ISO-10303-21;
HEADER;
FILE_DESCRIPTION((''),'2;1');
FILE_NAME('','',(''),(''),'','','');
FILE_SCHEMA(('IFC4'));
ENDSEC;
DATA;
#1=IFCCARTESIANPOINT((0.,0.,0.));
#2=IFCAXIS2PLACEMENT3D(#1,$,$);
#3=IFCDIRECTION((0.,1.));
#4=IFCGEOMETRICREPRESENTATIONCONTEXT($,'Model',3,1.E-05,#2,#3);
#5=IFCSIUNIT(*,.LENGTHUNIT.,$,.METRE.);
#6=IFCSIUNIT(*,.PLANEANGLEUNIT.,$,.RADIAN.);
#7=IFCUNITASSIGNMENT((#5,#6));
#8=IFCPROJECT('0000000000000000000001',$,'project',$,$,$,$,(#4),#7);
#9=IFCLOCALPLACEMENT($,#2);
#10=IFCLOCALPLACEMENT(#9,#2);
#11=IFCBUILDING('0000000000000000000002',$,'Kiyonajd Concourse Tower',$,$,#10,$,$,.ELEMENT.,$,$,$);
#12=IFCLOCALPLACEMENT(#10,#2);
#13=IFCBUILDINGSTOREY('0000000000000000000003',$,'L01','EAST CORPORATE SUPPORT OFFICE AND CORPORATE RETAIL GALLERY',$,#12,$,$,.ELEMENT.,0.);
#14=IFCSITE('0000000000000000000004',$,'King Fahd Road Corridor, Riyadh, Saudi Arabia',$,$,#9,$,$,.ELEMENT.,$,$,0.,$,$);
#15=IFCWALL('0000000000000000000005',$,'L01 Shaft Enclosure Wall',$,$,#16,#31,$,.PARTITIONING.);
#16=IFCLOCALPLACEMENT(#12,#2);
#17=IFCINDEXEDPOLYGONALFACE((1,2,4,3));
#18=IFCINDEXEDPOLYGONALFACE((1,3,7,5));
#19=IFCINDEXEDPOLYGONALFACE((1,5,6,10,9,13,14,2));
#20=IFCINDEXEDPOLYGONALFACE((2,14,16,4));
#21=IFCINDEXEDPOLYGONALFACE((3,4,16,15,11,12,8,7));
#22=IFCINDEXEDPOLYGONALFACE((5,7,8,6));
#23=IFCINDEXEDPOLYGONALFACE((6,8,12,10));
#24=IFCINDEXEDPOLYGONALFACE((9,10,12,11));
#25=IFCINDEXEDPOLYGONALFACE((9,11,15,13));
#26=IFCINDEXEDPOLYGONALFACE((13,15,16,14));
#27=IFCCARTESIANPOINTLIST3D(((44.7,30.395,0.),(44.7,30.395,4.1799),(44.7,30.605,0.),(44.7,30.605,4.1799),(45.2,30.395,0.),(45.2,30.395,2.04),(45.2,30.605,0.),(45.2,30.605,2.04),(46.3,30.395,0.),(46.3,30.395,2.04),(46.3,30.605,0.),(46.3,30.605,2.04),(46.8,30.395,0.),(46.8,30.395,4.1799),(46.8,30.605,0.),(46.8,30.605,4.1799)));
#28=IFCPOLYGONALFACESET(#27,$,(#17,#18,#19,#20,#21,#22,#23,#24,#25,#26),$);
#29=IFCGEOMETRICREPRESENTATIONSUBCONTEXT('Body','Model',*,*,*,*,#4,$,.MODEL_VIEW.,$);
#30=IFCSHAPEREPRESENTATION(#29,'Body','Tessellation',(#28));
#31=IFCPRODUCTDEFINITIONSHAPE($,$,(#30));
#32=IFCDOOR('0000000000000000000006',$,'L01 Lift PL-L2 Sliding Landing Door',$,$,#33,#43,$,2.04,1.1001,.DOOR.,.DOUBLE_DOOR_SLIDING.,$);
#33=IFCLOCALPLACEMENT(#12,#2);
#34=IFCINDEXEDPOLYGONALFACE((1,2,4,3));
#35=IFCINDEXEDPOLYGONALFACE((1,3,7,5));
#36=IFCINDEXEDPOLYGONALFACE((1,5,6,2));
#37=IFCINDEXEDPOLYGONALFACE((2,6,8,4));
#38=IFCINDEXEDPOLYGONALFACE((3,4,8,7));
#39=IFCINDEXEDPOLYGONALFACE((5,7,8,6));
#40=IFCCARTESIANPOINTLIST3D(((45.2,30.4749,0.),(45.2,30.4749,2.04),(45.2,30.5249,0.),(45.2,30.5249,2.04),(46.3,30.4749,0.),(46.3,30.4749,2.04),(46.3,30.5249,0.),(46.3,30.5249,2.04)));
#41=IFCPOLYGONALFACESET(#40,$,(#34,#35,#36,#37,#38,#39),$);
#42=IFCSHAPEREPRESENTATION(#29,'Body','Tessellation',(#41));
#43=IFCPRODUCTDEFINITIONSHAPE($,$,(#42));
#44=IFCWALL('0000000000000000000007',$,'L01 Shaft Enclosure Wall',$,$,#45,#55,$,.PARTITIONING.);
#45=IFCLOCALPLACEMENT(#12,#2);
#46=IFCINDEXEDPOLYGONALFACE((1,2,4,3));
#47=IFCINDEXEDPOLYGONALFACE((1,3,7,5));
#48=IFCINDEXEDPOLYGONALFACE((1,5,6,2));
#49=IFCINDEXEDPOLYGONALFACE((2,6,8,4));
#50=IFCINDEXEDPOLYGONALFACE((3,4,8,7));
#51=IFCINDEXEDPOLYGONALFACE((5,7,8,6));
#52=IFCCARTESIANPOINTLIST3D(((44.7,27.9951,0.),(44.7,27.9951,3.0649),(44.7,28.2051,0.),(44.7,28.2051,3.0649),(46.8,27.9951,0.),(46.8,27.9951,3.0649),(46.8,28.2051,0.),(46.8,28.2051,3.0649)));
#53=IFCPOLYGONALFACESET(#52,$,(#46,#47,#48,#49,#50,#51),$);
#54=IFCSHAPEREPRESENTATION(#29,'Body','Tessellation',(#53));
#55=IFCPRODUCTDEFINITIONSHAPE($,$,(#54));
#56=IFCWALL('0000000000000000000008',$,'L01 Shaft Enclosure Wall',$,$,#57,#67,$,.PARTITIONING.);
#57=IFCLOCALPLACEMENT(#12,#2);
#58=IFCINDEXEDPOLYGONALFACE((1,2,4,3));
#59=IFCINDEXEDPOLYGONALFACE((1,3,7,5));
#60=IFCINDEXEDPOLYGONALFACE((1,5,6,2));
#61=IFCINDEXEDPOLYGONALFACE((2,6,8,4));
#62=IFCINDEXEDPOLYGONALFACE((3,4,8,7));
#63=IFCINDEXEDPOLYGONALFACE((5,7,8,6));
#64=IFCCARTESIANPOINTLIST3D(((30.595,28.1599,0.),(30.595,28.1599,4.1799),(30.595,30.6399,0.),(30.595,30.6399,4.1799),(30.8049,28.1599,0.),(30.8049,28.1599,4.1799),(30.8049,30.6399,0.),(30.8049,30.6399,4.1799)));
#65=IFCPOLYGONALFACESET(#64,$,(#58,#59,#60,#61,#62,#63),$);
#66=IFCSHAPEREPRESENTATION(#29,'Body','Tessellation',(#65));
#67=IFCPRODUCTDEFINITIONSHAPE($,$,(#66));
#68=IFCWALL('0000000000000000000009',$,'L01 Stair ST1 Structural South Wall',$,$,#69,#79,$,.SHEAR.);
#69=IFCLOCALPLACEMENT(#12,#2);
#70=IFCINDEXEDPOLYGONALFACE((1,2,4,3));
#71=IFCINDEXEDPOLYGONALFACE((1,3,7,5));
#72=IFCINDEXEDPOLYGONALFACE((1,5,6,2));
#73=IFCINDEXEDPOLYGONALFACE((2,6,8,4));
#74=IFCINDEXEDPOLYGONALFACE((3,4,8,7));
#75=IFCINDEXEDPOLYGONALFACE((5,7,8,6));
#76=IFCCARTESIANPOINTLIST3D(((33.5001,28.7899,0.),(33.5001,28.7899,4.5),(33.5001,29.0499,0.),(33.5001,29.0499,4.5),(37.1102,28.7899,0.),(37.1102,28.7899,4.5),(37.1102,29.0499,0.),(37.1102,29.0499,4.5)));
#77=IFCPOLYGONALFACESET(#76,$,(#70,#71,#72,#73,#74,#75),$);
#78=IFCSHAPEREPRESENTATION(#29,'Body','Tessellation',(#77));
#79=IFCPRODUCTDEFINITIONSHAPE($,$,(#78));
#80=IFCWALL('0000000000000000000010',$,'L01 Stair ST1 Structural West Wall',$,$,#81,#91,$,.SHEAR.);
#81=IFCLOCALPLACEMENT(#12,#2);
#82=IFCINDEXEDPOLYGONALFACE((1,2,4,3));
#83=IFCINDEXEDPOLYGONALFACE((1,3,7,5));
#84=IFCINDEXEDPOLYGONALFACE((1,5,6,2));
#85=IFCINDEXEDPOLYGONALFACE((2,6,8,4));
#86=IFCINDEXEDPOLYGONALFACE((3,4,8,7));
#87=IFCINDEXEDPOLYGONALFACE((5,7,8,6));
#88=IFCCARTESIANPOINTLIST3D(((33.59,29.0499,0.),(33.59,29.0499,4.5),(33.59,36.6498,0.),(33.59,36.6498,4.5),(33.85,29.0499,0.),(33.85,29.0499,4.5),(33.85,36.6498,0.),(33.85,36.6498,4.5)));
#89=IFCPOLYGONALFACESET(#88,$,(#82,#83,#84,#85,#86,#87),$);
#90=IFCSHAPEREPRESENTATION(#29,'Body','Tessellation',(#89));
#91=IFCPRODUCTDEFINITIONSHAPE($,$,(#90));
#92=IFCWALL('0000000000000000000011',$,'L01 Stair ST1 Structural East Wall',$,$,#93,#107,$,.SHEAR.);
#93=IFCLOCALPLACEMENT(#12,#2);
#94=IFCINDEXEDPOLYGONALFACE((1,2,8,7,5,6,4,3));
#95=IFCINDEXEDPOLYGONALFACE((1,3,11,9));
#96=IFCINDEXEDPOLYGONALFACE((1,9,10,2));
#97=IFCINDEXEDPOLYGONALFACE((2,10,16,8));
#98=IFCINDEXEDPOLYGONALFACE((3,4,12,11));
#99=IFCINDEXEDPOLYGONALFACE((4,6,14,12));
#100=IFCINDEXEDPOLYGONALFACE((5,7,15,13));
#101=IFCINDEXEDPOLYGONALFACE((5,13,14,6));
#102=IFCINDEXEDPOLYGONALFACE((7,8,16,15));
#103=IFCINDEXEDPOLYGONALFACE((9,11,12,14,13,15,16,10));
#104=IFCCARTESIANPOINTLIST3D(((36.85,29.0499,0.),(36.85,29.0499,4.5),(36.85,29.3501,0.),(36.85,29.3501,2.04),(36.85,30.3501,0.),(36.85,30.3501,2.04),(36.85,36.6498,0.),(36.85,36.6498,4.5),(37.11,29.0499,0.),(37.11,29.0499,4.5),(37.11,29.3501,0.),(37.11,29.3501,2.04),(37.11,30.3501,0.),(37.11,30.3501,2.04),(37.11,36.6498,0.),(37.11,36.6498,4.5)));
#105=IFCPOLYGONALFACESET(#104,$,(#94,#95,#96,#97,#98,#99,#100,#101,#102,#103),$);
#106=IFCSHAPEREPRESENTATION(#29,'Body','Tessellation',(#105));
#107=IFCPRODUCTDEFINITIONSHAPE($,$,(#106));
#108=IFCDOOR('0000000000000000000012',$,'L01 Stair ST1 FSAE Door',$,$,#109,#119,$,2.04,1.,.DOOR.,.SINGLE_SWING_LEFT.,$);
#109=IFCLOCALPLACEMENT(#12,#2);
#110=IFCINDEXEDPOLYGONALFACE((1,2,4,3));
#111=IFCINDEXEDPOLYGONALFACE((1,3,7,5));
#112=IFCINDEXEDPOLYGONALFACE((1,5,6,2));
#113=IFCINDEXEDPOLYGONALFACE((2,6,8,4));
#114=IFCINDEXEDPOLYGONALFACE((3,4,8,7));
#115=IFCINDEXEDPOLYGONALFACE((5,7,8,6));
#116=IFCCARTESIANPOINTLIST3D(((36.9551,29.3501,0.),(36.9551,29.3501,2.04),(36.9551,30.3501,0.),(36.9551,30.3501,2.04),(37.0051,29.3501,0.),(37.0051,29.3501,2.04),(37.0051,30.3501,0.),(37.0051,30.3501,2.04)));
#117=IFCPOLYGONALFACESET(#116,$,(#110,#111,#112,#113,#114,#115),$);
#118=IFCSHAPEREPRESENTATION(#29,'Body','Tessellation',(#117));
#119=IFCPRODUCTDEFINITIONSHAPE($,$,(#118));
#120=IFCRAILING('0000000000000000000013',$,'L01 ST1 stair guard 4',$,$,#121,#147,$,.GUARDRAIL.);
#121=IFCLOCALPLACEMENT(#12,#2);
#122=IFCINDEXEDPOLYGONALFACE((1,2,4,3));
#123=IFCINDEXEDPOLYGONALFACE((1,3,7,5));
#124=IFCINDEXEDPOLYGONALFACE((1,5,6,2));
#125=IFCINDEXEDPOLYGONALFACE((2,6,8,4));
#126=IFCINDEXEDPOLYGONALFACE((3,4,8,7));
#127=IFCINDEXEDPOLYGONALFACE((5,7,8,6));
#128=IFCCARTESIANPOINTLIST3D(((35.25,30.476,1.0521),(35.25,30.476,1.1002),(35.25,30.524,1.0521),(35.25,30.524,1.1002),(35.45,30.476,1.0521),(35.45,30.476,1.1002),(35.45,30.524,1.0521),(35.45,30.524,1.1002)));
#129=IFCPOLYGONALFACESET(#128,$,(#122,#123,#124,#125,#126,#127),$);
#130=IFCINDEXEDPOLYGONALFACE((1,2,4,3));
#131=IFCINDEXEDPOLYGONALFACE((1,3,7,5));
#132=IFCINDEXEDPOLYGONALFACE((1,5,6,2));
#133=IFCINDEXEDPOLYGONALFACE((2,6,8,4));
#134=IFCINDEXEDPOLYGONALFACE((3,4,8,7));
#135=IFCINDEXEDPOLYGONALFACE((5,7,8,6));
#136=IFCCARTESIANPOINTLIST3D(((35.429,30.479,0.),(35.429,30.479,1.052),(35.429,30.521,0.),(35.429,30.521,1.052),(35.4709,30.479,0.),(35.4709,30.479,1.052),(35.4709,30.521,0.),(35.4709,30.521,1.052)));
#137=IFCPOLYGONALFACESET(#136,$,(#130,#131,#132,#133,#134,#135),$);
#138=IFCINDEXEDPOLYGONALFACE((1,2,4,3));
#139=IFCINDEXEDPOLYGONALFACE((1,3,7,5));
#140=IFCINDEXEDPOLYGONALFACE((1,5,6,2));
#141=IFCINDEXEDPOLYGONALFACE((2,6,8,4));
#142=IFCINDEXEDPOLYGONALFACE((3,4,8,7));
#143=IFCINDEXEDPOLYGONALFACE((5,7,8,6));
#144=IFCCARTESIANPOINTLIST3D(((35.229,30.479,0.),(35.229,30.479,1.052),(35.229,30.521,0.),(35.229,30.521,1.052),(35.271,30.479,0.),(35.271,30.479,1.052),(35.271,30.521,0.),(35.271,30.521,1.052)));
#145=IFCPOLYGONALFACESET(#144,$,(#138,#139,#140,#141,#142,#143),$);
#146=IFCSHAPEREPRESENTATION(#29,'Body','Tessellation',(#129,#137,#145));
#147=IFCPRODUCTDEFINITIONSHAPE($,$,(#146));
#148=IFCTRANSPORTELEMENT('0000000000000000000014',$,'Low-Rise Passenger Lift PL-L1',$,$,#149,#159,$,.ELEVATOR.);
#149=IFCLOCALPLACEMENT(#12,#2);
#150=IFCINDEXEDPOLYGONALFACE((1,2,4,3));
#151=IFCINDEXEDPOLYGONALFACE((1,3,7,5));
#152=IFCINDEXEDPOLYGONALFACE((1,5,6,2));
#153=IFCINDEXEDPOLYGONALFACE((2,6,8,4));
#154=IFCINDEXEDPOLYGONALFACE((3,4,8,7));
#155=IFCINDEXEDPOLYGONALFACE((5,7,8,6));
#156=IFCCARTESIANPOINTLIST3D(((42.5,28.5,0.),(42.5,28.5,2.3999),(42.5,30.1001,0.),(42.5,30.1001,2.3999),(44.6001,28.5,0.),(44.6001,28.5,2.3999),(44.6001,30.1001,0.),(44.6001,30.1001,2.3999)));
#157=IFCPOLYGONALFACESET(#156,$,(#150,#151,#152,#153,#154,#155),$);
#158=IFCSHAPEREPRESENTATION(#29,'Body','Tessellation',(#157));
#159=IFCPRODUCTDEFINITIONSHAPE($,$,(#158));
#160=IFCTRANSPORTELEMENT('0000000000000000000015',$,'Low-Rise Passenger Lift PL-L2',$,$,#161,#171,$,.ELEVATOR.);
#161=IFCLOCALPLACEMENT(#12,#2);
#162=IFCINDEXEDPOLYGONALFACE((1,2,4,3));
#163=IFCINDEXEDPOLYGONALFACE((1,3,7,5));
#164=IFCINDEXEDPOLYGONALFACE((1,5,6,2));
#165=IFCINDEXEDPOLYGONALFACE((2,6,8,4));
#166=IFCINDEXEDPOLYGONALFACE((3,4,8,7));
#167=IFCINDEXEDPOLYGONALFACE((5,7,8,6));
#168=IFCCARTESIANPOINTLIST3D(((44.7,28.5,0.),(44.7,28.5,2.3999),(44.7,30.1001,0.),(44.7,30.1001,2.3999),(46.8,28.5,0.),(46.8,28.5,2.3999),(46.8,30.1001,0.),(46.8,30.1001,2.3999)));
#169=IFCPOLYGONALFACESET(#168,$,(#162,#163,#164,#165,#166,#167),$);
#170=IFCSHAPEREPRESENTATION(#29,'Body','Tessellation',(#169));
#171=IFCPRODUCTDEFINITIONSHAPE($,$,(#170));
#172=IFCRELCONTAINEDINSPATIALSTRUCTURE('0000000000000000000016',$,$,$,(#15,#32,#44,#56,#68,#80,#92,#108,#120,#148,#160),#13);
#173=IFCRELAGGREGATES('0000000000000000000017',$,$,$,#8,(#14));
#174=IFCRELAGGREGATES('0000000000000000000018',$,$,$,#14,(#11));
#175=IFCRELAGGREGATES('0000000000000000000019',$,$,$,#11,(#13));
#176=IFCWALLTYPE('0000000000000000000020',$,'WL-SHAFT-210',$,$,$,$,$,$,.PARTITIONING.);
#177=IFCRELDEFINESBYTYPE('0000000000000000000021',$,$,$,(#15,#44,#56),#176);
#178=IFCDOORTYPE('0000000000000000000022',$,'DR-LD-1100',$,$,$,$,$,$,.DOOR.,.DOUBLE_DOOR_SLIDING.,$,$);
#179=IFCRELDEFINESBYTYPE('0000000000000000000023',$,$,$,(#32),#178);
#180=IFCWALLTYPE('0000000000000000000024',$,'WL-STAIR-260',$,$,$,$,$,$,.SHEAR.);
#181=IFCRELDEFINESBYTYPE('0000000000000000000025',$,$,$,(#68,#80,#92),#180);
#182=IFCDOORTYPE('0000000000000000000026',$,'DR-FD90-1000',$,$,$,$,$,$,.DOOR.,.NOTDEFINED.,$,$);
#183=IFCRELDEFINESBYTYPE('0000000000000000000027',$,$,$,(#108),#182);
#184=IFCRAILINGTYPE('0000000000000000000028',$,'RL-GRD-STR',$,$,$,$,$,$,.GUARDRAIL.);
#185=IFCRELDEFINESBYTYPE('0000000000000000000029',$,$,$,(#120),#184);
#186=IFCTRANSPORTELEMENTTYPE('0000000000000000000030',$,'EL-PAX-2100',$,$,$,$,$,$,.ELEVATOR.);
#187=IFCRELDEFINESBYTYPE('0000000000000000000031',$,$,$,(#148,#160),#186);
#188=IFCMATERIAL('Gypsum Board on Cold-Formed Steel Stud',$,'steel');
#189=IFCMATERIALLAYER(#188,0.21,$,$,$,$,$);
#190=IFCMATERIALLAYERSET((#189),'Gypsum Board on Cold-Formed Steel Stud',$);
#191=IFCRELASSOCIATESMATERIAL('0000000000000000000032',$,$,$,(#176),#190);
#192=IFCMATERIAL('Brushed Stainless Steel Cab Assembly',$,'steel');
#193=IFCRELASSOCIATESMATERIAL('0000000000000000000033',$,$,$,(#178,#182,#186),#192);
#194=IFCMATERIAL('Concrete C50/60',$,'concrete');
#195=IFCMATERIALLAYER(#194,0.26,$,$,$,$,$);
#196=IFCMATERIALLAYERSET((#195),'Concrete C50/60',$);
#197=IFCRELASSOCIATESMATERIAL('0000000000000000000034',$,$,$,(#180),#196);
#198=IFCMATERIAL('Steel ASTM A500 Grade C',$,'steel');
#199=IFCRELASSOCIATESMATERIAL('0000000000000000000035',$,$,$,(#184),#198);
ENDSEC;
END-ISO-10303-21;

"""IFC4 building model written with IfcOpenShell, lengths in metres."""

from ifc_helpers import new_model, si_unit, direction, frame, frame_2d, origin, origin_2d, place, context, subcontext, project, spatial, rectangle, extrude, material, layer, layer_set, type_object, element, fill, save


model = new_model("IFC4")

# Units and contexts
model_context = context("Model", 3, precision=1e-05, world=origin(), true_north=direction((0.0, 1.0)))
body_context = subcontext(model_context, "Body", "Model", "MODEL_VIEW")
ifc_project = project(units=[si_unit("LENGTHUNIT", "METRE"), si_unit("PLANEANGLEUNIT", "RADIAN")], contexts=[model_context])

# Site, building, storey
site_placement = place(None, origin())
site = spatial("IfcSite", under=ifc_project, at=site_placement, Name="King Fahd Road Corridor, Riyadh, Saudi Arabia", CompositionType="ELEMENT", RefElevation=0.0)
building_placement = place(site_placement, origin())
building = spatial("IfcBuilding", under=site, at=building_placement, Name="Kiyonajd Concourse Tower", CompositionType="ELEMENT")
storey_placement = place(building_placement, origin())
storey = spatial("IfcBuildingStorey", under=building, at=storey_placement, Name="L01", Description="EAST CORPORATE SUPPORT OFFICE AND CORPORATE RETAIL GALLERY", CompositionType="ELEMENT", Elevation=0.0)

# Shared definitions
ifc_material_1 = material(Name="Brushed Stainless Steel Cab Assembly", Category="steel")
ifc_material_2 = material(Name="Gypsum Board on Cold-Formed Steel Stud", Category="steel")
ifc_layer_1 = layer(ifc_material_2, 0.21)
ifc_layer_set_1 = layer_set([ifc_layer_1], Name="Gypsum Board on Cold-Formed Steel Stud")
wall_type_1 = type_object("IfcWallType", Name="WL-SHAFT-210", PredefinedType="PARTITIONING", material=ifc_layer_set_1)
door_type_1 = type_object("IfcDoorType", Name="DR-LD-1100", OperationType="DOUBLE_DOOR_SLIDING", PredefinedType="DOOR", material=ifc_material_1)

# Wall, opening, door
wall_1_placement = place(storey_placement, frame((44.7, 30.5, 0.0), z_axis=(0.0, 0.0, 1.0), x_axis=(1.0, 0.0, 0.0)))
wall_1 = element("IfcWall", 1, at=wall_1_placement, inside=storey, type_object=wall_type_1, Name="L01 Shaft Enclosure Wall", PredefinedType="PARTITIONING", context=body_context, shape_type="SweptSolid", body=[
    extrude(rectangle(XDim=2.1001, YDim=0.21, at=frame_2d((1.05, 0.0))), origin(), (0.0, 0.0, 1.0), 4.1799),
])
opening_1_placement = place(wall_1_placement, frame((0.5, 0.0, 0.0)))
opening_1 = element("IfcOpeningElement", 2, at=opening_1_placement, cuts=wall_1, PredefinedType="OPENING", context=body_context, shape_type="SweptSolid", body=[
    extrude(rectangle(XDim=1.1001, YDim=2.04, at=frame_2d((0.55, 1.02))), frame((0.0, 0.115, 0.0), z_axis=(0.0, -1.0, 0.0), x_axis=(1.0, 0.0, 0.0)), (0.0, 0.0, 1.0), 0.23),
])
door_1_placement = place(opening_1_placement, origin())
door_1 = element("IfcDoor", 3, at=door_1_placement, inside=storey, type_object=door_type_1, Name="L01 Lift PL-L2 Sliding Landing Door", OperationType="DOUBLE_DOOR_SLIDING", OverallHeight=2.04, OverallWidth=1.1001, PredefinedType="DOOR", context=body_context, shape_type="SweptSolid", body=[
    extrude(rectangle(XDim=1.1001, YDim=2.04, at=frame_2d((0.55, 1.02))), frame((0.0, 0.0249, 0.0), z_axis=(0.0, -1.0, 0.0), x_axis=(1.0, 0.0, 0.0)), (0.0, 0.0, 1.0), 0.05),
])
fill(opening_1, door_1)

# Walls
wall_2_placement = place(storey_placement, frame((44.7, 28.1001, 0.0), z_axis=(0.0, 0.0, 1.0), x_axis=(1.0, 0.0, 0.0)))
element("IfcWall", 4, at=wall_2_placement, inside=storey, type_object=wall_type_1, Name="L01 Shaft Enclosure Wall", PredefinedType="PARTITIONING", context=body_context, shape_type="SweptSolid", body=[
    extrude(rectangle(XDim=2.1001, YDim=0.21, at=frame_2d((1.05, 0.0))), origin(), (0.0, 0.0, 1.0), 3.0649),
])
wall_3_placement = place(storey_placement, frame((30.7, 28.1599, 0.0), z_axis=(0.0, 0.0, 1.0), x_axis=(0.0, 1.0, 0.0)))
element("IfcWall", 5, at=wall_3_placement, inside=storey, type_object=wall_type_1, Name="L01 Shaft Enclosure Wall", PredefinedType="PARTITIONING", context=body_context, shape_type="SweptSolid", body=[
    extrude(rectangle(XDim=2.48, YDim=0.21, at=frame_2d((1.24, 0.0))), origin(), (0.0, 0.0, 1.0), 4.1799),
])
ifc_material_3 = material(Name="Concrete C50/60", Category="concrete")
ifc_layer_2 = layer(ifc_material_3, 0.26)
ifc_layer_set_2 = layer_set([ifc_layer_2], Name="Concrete C50/60")
wall_type_2 = type_object("IfcWallType", Name="WL-STAIR-260", PredefinedType="SHEAR", material=ifc_layer_set_2)
wall_4_placement = place(storey_placement, frame((33.5, 28.9199, 0.0), z_axis=(0.0, 0.0, 1.0), x_axis=(1.0, 0.0, 0.0)))
element("IfcWall", 6, at=wall_4_placement, inside=storey, type_object=wall_type_2, Name="L01 Stair ST1 Structural South Wall", PredefinedType="SHEAR", context=body_context, shape_type="SweptSolid", body=[
    extrude(rectangle(XDim=3.6101, YDim=0.26, at=frame_2d((1.8052, 0.0))), origin(), (0.0, 0.0, 1.0), 4.5),
])
wall_5_placement = place(storey_placement, frame((33.72, 29.05, 0.0), z_axis=(0.0, 0.0, 1.0), x_axis=(0.0, 1.0, 0.0)))
element("IfcWall", 7, at=wall_5_placement, inside=storey, type_object=wall_type_2, Name="L01 Stair ST1 Structural West Wall", PredefinedType="SHEAR", context=body_context, shape_type="SweptSolid", body=[
    extrude(rectangle(XDim=7.5999, YDim=0.26, at=frame_2d((3.7998, 0.0))), origin(), (0.0, 0.0, 1.0), 4.5),
])

# Wall, opening, door
wall_6_placement = place(storey_placement, frame((36.98, 29.05, 0.0), z_axis=(0.0, 0.0, 1.0), x_axis=(0.0, 1.0, 0.0)))
wall_6 = element("IfcWall", 8, at=wall_6_placement, inside=storey, type_object=wall_type_2, Name="L01 Stair ST1 Structural East Wall", PredefinedType="SHEAR", context=body_context, shape_type="SweptSolid", body=[
    extrude(rectangle(XDim=7.5999, YDim=0.26, at=frame_2d((3.7998, 0.0))), origin(), (0.0, 0.0, 1.0), 4.5),
])
opening_2_placement = place(wall_6_placement, frame((0.3, 0.0, 0.0)))
opening_2 = element("IfcOpeningElement", 9, at=opening_2_placement, cuts=wall_6, PredefinedType="OPENING", context=body_context, shape_type="SweptSolid", body=[
    extrude(rectangle(XDim=1.0, YDim=2.04, at=frame_2d((0.5, 1.02))), frame((0.0, 0.1399, 0.0), z_axis=(0.0, -1.0, 0.0), x_axis=(1.0, 0.0, 0.0)), (0.0, 0.0, 1.0), 0.28),
])
door_type_2 = type_object("IfcDoorType", Name="DR-FD90-1000", OperationType="NOTDEFINED", PredefinedType="DOOR", material=ifc_material_1)
door_2_placement = place(opening_2_placement, origin())
door_2 = element("IfcDoor", 10, at=door_2_placement, inside=storey, type_object=door_type_2, Name="L01 Stair ST1 FSAE Door", OperationType="SINGLE_SWING_LEFT", OverallHeight=2.04, OverallWidth=1.0, PredefinedType="DOOR", context=body_context, shape_type="SweptSolid", body=[
    extrude(rectangle(XDim=1.0, YDim=2.04, at=frame_2d((0.5, 1.02))), frame((0.0, 0.0249, 0.0), z_axis=(0.0, -1.0, 0.0), x_axis=(1.0, 0.0, 0.0)), (0.0, 0.0, 1.0), 0.05),
])
fill(opening_2, door_2)

# Railing
ifc_material_4 = material(Name="Steel ASTM A500 Grade C", Category="steel")
railing_type = type_object("IfcRailingType", Name="RL-GRD-STR", PredefinedType="GUARDRAIL", material=ifc_material_4)
railing_placement = place(storey_placement, frame((35.45, 30.5, 0.0)))
element("IfcRailing", 11, at=railing_placement, inside=storey, type_object=railing_type, Name="L01 ST1 stair guard 4", PredefinedType="GUARDRAIL", context=body_context, shape_type="SweptSolid", body=[
    extrude(rectangle(XDim=0.0481, YDim=0.0481, at=origin_2d()), frame((0.0, 0.0, 1.0762), z_axis=(-1.0, 0.0, 0.0), x_axis=(0.0, -1.0, 0.0)), (0.0, 0.0, 1.0), 0.2),
    extrude(rectangle(XDim=0.042, YDim=0.042, at=origin_2d()), origin(), (0.0, 0.0, 1.0), 1.052),
    extrude(rectangle(XDim=0.042, YDim=0.042, at=origin_2d()), frame((-0.2, 0.0, 0.0)), (0.0, 0.0, 1.0), 1.052),
])

# Transport elements
transport_element_type = type_object("IfcTransportElementType", Name="EL-PAX-2100", PredefinedType="ELEVATOR", material=ifc_material_1)
for number, where, z_axis, x_axis, name in (
    (12, (43.55, 29.3, 0.0), (0.0, 0.0, 1.0), (1.0, 0.0, 0.0), "Low-Rise Passenger Lift PL-L1"),
    (13, (45.75, 29.3, 0.0), (0.0, 0.0, 1.0), (1.0, 0.0, 0.0), "Low-Rise Passenger Lift PL-L2"),
):
    element("IfcTransportElement", number, at=place(storey_placement, frame(where, z_axis=z_axis, x_axis=x_axis)), inside=storey, type_object=transport_element_type, Name=name, PredefinedType="ELEVATOR", context=body_context, shape_type="SweptSolid", body=[
        extrude(rectangle(XDim=2.1001, YDim=1.6001, at=origin_2d()), origin(), (0.0, 0.0, 1.0), 2.3999),
    ])

save(model, "model.ifc")
